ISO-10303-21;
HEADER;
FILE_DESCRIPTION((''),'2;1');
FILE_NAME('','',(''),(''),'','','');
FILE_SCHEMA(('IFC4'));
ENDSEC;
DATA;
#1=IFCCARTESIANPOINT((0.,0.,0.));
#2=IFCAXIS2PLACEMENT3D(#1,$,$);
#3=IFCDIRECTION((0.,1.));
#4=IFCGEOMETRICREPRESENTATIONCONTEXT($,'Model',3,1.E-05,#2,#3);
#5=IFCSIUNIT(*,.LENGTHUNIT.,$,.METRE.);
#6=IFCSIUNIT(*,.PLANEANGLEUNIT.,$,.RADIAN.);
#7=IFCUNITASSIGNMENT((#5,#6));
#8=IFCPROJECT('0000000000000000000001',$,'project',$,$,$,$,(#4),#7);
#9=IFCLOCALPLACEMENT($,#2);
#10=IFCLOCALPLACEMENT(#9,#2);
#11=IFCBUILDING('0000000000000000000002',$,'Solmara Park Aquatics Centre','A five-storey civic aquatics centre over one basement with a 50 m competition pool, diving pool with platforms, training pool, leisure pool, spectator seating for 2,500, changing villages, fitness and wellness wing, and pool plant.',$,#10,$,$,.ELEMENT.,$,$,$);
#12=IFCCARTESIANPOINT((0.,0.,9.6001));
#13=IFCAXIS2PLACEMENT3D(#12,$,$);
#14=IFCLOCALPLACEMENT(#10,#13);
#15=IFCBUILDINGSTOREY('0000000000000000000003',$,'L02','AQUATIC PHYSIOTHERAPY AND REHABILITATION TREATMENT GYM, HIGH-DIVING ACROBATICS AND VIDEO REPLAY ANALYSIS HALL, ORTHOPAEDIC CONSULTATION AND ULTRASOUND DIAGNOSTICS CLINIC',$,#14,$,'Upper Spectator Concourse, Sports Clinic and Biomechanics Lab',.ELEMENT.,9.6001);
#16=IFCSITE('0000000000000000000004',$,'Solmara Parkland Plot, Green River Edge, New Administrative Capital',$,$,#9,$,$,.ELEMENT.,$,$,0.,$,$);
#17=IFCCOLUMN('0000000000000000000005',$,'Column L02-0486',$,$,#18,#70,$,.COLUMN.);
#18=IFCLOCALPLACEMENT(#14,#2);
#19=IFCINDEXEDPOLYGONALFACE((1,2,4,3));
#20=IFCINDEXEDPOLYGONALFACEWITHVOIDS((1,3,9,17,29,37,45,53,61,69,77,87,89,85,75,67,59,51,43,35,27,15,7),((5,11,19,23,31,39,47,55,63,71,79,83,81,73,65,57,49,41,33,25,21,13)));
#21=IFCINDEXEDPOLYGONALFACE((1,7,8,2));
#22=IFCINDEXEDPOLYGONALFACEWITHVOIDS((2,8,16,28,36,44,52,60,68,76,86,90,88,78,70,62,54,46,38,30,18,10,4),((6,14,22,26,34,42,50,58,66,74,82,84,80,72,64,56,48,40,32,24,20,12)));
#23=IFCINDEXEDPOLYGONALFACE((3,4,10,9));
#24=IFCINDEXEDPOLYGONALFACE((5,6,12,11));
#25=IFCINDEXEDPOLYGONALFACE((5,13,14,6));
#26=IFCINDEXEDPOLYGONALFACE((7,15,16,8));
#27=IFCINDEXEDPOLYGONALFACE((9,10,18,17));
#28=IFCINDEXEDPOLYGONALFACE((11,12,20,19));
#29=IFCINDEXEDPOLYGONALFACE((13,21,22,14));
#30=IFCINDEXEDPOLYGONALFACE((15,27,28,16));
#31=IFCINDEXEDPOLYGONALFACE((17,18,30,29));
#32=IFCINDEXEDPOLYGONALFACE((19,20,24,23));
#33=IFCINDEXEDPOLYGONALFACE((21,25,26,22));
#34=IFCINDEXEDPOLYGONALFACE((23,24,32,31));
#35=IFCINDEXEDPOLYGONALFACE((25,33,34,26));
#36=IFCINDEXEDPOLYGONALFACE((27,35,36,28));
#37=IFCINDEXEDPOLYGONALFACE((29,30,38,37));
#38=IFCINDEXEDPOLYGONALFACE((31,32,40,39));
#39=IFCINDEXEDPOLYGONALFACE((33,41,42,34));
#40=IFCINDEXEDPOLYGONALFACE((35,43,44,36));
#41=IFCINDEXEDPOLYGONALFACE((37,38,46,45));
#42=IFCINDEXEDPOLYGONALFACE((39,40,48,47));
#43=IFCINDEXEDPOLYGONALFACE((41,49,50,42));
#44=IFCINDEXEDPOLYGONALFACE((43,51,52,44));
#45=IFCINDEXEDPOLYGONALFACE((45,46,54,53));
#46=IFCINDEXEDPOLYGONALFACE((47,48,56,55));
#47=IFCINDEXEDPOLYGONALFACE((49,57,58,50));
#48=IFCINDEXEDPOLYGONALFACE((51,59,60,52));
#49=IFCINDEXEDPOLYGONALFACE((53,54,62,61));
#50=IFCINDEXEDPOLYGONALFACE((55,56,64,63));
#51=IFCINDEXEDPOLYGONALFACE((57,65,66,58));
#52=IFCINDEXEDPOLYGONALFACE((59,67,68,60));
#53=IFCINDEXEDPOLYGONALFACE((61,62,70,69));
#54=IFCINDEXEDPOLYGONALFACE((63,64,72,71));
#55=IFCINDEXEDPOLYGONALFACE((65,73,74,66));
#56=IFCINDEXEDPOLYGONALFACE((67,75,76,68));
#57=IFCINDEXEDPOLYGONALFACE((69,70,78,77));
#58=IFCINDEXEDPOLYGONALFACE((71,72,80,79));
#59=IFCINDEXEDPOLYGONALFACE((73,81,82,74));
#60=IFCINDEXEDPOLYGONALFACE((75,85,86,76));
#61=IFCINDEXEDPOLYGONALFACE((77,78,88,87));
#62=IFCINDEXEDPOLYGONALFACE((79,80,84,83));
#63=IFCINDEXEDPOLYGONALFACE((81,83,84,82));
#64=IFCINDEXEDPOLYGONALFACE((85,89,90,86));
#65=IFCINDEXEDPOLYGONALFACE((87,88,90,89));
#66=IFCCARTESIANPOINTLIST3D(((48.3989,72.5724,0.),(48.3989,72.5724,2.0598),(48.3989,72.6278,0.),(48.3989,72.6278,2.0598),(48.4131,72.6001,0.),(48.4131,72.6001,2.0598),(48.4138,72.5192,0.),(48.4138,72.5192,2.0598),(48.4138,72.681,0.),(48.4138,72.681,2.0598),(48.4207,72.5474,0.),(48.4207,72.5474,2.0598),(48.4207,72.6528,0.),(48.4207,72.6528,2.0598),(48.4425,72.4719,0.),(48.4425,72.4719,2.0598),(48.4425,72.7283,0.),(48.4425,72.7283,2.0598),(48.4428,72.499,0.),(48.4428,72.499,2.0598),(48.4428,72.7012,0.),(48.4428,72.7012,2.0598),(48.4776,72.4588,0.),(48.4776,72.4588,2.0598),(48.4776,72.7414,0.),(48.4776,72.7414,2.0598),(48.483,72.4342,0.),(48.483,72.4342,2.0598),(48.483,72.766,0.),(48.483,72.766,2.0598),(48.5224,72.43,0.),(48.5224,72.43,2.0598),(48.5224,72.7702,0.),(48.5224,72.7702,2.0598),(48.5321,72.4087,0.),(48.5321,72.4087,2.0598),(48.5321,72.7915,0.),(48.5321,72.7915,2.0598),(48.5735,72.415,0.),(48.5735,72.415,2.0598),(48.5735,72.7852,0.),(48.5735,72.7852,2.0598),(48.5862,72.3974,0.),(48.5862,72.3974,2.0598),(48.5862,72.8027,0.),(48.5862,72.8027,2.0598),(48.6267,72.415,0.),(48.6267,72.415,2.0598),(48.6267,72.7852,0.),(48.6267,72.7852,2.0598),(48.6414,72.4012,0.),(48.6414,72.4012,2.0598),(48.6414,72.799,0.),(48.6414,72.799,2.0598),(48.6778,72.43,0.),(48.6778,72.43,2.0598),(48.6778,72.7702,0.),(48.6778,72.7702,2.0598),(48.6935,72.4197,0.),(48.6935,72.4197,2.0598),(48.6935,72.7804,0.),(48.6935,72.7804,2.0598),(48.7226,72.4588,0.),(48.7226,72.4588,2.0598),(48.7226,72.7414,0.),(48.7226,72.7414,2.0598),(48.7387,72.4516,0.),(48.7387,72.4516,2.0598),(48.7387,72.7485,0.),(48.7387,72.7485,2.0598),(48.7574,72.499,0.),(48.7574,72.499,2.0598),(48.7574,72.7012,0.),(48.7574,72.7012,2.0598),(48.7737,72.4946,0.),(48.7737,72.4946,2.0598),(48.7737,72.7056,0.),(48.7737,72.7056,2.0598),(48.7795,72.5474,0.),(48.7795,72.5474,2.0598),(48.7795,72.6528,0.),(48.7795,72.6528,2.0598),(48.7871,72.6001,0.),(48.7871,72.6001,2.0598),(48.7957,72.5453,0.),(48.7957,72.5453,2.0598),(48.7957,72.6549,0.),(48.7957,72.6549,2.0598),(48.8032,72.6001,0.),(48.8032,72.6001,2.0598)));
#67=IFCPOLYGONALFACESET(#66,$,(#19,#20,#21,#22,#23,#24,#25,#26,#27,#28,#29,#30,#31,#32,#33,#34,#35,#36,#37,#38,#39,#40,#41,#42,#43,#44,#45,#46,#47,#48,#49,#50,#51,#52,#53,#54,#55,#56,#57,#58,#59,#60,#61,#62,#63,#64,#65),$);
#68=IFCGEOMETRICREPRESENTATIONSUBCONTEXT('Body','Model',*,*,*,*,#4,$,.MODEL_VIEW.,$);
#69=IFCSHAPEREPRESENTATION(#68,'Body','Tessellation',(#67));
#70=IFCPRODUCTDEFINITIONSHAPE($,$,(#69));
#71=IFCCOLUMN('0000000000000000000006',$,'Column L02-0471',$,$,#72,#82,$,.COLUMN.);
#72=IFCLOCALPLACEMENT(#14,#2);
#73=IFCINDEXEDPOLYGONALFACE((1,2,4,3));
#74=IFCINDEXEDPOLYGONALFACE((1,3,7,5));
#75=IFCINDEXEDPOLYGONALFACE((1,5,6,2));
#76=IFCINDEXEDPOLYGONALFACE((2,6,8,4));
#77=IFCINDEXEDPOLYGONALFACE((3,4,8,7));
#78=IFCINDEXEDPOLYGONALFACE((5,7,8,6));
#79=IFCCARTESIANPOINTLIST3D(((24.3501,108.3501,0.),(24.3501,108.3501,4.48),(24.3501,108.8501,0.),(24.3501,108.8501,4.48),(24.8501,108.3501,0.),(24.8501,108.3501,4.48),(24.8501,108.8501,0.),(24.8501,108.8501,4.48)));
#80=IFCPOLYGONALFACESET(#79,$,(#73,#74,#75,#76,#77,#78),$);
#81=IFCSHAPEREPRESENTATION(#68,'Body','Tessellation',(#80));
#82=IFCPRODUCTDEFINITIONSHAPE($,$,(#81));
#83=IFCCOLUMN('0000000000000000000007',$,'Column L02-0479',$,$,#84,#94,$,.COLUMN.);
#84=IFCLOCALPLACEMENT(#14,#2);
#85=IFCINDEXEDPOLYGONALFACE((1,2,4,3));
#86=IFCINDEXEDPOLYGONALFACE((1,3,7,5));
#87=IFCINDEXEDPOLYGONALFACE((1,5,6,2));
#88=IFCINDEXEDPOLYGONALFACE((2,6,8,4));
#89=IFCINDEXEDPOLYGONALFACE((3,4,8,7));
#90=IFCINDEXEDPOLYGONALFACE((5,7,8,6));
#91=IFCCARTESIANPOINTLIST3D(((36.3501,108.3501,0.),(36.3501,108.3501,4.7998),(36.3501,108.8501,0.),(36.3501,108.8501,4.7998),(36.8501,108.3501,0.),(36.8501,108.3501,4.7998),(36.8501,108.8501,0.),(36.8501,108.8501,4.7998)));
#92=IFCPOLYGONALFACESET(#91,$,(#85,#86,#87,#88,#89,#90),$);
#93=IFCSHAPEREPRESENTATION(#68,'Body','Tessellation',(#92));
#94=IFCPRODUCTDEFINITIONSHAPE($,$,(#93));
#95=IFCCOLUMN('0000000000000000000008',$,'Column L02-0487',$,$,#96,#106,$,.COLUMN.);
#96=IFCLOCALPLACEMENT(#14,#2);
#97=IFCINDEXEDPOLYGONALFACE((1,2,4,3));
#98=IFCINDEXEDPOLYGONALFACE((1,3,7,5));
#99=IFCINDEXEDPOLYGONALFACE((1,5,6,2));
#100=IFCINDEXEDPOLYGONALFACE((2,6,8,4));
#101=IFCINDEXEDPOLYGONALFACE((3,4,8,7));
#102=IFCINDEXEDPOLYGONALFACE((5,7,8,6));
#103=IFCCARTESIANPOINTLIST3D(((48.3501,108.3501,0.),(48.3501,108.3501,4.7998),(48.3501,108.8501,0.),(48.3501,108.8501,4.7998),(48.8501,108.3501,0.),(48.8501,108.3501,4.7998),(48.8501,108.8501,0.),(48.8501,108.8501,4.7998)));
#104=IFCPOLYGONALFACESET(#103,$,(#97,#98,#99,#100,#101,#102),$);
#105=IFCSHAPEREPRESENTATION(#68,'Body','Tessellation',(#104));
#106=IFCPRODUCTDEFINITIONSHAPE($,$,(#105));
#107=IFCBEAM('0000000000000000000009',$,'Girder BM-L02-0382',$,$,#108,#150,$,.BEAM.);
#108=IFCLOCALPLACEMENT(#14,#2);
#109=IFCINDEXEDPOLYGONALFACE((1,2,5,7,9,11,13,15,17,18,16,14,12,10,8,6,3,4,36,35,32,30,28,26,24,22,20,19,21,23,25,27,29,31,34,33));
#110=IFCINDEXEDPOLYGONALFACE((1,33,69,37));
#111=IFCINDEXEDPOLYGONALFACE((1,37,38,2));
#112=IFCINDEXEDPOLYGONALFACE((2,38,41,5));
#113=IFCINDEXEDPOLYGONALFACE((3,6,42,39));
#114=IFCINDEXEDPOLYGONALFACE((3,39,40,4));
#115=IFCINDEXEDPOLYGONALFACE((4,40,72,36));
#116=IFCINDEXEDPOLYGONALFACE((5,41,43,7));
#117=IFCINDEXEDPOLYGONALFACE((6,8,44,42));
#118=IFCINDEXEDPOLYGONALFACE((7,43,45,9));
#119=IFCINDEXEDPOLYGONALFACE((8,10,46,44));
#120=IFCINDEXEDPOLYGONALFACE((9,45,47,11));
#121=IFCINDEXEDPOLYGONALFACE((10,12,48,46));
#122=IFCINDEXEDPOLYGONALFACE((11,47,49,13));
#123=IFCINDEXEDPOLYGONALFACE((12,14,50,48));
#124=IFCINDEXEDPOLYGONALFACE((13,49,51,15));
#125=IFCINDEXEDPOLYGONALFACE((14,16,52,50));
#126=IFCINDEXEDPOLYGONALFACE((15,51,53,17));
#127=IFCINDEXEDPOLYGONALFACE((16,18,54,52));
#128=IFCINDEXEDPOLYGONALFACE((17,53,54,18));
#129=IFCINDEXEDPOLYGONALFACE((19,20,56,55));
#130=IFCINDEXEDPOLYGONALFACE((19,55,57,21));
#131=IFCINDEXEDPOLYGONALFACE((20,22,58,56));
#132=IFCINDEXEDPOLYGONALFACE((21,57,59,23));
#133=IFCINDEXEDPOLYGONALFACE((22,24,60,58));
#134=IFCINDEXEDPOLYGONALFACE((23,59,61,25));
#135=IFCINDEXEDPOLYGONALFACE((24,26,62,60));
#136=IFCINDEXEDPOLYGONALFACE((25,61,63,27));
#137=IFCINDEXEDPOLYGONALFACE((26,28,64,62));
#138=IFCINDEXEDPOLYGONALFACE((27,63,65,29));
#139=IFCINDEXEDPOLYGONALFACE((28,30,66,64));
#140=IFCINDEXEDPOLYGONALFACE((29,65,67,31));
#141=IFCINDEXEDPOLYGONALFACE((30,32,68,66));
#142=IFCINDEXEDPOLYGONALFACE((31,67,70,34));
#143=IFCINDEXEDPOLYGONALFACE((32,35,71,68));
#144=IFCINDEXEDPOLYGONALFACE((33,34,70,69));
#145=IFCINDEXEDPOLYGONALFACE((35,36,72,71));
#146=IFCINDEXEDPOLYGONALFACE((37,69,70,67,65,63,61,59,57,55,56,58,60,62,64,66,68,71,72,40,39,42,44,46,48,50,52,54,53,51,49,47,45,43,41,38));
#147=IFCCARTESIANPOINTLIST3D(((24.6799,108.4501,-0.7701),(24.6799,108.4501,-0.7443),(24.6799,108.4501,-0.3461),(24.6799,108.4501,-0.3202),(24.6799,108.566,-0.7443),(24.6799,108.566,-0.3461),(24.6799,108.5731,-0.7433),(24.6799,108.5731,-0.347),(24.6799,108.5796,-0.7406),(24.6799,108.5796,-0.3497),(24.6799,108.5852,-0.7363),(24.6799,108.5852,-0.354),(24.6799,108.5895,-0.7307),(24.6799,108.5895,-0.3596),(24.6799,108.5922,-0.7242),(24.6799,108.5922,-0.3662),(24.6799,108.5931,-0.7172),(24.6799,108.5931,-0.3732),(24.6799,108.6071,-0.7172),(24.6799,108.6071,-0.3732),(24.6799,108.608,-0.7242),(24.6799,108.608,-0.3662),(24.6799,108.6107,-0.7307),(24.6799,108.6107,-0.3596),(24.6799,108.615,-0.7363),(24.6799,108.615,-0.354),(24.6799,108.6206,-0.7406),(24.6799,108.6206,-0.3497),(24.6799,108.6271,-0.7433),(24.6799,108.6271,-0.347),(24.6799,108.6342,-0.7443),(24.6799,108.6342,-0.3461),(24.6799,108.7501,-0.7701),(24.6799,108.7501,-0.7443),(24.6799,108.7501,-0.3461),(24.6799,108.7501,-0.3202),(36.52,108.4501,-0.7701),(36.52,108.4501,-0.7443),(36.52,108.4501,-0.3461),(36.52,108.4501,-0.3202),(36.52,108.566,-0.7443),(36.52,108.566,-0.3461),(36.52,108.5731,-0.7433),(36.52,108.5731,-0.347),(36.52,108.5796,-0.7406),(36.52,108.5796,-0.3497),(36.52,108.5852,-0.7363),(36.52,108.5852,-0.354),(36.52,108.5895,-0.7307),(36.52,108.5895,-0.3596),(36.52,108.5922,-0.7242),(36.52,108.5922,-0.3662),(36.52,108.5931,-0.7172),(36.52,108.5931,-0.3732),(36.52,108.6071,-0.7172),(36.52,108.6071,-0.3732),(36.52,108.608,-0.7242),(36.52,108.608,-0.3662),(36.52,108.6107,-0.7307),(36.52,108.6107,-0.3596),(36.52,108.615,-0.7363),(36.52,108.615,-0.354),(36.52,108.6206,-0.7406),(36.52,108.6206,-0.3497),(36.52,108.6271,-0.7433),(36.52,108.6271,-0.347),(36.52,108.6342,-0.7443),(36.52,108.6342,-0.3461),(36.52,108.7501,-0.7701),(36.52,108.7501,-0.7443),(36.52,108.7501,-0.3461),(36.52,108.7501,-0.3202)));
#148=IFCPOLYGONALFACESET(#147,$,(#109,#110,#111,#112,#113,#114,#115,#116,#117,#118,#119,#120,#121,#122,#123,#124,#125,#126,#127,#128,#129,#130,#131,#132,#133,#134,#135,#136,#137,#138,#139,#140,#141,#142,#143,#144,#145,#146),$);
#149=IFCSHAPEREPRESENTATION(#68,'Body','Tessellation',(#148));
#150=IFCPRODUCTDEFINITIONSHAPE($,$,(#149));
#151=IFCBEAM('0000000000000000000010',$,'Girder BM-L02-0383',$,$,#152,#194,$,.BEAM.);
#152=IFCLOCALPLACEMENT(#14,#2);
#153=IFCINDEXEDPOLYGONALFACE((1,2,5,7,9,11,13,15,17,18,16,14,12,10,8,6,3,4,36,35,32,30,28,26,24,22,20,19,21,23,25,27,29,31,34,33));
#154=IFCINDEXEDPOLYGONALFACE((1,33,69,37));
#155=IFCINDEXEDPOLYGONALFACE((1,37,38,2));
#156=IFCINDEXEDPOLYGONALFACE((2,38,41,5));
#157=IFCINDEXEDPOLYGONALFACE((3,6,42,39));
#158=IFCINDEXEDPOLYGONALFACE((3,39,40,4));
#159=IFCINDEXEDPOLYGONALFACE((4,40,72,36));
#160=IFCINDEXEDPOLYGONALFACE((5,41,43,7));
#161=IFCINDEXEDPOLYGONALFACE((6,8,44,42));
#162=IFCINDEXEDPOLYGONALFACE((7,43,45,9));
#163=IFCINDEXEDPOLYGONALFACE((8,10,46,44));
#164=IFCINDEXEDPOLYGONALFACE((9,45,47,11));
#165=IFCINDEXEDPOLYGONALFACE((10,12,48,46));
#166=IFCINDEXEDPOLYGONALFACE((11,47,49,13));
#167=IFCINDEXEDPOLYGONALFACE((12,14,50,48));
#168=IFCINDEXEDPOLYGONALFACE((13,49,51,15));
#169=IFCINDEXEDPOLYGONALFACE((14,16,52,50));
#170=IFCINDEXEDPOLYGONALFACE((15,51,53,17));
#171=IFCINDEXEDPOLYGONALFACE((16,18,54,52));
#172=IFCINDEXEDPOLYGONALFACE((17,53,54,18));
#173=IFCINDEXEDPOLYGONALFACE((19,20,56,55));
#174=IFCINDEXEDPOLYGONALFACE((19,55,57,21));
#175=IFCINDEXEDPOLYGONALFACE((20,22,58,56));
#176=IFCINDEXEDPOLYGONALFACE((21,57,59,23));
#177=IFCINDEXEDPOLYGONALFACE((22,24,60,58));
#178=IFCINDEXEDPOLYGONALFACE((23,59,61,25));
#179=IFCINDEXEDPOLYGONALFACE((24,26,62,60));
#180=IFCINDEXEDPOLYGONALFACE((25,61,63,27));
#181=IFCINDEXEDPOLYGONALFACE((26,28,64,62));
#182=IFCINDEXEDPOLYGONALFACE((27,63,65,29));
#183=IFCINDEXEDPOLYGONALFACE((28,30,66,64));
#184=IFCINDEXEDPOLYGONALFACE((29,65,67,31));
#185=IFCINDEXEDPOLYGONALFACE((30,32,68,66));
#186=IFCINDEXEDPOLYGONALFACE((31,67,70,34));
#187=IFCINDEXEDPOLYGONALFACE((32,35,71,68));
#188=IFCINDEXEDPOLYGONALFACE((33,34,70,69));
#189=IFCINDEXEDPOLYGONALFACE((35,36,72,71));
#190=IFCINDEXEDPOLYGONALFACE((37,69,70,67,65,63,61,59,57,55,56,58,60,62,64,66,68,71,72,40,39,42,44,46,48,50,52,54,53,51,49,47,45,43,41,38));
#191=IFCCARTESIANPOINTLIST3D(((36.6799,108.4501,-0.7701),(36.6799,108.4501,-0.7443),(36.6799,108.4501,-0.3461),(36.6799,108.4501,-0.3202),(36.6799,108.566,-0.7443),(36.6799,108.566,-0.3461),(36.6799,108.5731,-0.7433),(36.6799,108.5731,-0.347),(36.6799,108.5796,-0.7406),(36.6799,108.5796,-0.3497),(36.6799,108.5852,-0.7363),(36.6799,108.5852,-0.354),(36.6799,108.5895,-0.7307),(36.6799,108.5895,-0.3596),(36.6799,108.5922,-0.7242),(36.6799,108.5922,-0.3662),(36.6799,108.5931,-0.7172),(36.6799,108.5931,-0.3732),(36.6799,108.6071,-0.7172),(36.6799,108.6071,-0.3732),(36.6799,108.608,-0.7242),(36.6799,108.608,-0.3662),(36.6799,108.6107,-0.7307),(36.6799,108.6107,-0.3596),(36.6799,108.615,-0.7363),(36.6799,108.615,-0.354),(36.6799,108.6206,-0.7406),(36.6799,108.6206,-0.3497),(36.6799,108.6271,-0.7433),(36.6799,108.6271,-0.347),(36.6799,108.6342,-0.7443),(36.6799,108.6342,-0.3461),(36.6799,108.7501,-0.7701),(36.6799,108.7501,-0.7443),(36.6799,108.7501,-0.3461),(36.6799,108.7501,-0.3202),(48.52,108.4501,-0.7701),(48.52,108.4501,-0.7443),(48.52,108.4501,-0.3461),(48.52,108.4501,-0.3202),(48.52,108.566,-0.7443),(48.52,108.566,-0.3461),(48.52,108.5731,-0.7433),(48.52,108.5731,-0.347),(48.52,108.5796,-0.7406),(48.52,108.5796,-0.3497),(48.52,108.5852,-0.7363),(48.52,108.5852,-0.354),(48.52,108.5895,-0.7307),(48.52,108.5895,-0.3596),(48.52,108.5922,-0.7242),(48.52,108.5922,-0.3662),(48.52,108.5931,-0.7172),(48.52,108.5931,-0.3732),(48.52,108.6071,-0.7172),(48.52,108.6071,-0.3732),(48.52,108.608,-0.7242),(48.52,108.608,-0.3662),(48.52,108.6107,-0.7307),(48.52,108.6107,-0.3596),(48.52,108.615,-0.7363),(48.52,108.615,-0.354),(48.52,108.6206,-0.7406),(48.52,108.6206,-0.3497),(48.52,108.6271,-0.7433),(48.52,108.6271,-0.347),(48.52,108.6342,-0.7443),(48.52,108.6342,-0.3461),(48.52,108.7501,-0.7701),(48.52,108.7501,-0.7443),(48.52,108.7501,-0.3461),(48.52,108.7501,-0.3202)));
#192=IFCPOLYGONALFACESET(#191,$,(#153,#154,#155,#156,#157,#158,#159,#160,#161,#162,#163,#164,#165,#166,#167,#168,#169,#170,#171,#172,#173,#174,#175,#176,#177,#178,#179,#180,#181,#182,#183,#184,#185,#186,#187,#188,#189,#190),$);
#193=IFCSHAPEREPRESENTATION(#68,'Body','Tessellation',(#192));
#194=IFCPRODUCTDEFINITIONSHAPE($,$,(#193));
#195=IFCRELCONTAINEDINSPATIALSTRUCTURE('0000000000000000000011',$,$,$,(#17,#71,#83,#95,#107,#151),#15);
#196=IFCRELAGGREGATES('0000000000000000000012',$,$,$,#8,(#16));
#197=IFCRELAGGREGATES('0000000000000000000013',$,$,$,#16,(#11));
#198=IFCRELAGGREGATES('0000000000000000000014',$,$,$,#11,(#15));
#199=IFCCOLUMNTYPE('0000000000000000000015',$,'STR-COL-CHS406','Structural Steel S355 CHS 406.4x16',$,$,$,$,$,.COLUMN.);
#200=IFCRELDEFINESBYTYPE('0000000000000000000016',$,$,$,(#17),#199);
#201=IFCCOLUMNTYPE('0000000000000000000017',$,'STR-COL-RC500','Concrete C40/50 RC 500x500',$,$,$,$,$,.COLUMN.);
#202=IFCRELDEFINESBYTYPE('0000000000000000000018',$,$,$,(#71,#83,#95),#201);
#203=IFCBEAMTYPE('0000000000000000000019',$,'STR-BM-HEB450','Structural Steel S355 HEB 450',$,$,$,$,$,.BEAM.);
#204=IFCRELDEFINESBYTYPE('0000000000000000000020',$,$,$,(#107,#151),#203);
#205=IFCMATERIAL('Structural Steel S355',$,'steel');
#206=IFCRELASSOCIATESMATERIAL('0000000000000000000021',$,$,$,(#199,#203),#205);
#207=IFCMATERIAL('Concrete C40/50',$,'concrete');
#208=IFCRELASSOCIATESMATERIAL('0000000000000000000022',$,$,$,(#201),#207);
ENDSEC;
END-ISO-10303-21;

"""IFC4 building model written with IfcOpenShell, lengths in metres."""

from ifc_helpers import new_model, si_unit, direction, frame, origin, origin_2d, place, context, subcontext, project, spatial, rectangle, hollow_circle, i_section, extrude, material, material_profile, profile_set, type_object, element, save


model = new_model("IFC4")

# Units and contexts
model_context = context("Model", 3, precision=1e-05, world=origin(), true_north=direction((0.0, 1.0)))
body_context = subcontext(model_context, "Body", "Model", "MODEL_VIEW")
ifc_project = project(units=[si_unit("LENGTHUNIT", "METRE"), si_unit("PLANEANGLEUNIT", "RADIAN")], contexts=[model_context])

# Site, building, storey
site_placement = place(None, origin())
site = spatial("IfcSite", under=ifc_project, at=site_placement, Name="Solmara Parkland Plot, Green River Edge, New Administrative Capital", CompositionType="ELEMENT", RefElevation=0.0)
building_placement = place(site_placement, origin())
building = spatial("IfcBuilding", under=site, at=building_placement, Name="Solmara Park Aquatics Centre", Description="A five-storey civic aquatics centre over one basement with a 50 m competition pool, diving pool with platforms, training pool, leisure pool, spectator seating for 2,500, changing villages, fitness and wellness wing, and pool plant.", CompositionType="ELEMENT")
storey_placement = place(building_placement, frame((0.0, 0.0, 9.6001)))
storey = spatial("IfcBuildingStorey", under=building, at=storey_placement, Name="L02", Description="AQUATIC PHYSIOTHERAPY AND REHABILITATION TREATMENT GYM, HIGH-DIVING ACROBATICS AND VIDEO REPLAY ANALYSIS HALL, ORTHOPAEDIC CONSULTATION AND ULTRASOUND DIAGNOSTICS CLINIC", LongName="Upper Spectator Concourse, Sports Clinic and Biomechanics Lab", CompositionType="ELEMENT", Elevation=9.6001)

# Columns
ifc_material_1 = material(Name="Structural Steel S355", Category="steel")
ifc_material_profile_1 = material_profile(ifc_material_1, hollow_circle(Radius=0.2031, WallThickness=0.0161, at=origin_2d()), Name="CHS 406.4x16")
ifc_profile_set_1 = profile_set([ifc_material_profile_1], Name="Structural Steel S355")
column_type_1 = type_object("IfcColumnType", Name="STR-COL-CHS406", Description="Structural Steel S355 CHS 406.4x16", PredefinedType="COLUMN", material=ifc_profile_set_1)
column_1_placement = place(storey_placement, frame((48.6001, 72.6001, 0.0), z_axis=(0.0, 0.0, 1.0), x_axis=(1.0, 0.0, 0.0)))
element("IfcColumn", 1, at=column_1_placement, inside=storey, type_object=column_type_1, Name="Column L02-0486", PredefinedType="COLUMN", context=body_context, shape_type="SweptSolid", body=[
    extrude(hollow_circle(Radius=0.2031, WallThickness=0.0161, at=origin_2d()), origin(), (0.0, 0.0, 1.0), 2.0598),
])
ifc_material_2 = material(Name="Concrete C40/50", Category="concrete")
ifc_material_profile_2 = material_profile(ifc_material_2, rectangle(XDim=0.5, YDim=0.5, at=origin_2d()), Name="RC 500x500")
ifc_profile_set_2 = profile_set([ifc_material_profile_2], Name="Concrete C40/50")
column_type_2 = type_object("IfcColumnType", Name="STR-COL-RC500", Description="Concrete C40/50 RC 500x500", PredefinedType="COLUMN", material=ifc_profile_set_2)
column_2_placement = place(storey_placement, frame((24.6001, 108.6001, 0.0), z_axis=(0.0, 0.0, 1.0), x_axis=(1.0, 0.0, 0.0)))
element("IfcColumn", 2, at=column_2_placement, inside=storey, type_object=column_type_2, Name="Column L02-0471", PredefinedType="COLUMN", context=body_context, shape_type="SweptSolid", body=[
    extrude(rectangle(XDim=0.5, YDim=0.5, at=origin_2d()), origin(), (0.0, 0.0, 1.0), 4.48),
])
for number, where, z_axis, x_axis, name in (
    (3, (36.6001, 108.6001, 0.0), (0.0, 0.0, 1.0), (1.0, 0.0, 0.0), "Column L02-0479"),
    (4, (48.6001, 108.6001, 0.0), (0.0, 0.0, 1.0), (1.0, 0.0, 0.0), "Column L02-0487"),
):
    element("IfcColumn", number, at=place(storey_placement, frame(where, z_axis=z_axis, x_axis=x_axis)), inside=storey, type_object=column_type_2, Name=name, PredefinedType="COLUMN", context=body_context, shape_type="SweptSolid", body=[
        extrude(rectangle(XDim=0.5, YDim=0.5, at=origin_2d()), origin(), (0.0, 0.0, 1.0), 4.7998),
    ])

# Beams
ifc_material_profile_3 = material_profile(ifc_material_1, i_section(OverallWidth=0.3, OverallDepth=0.45, WebThickness=0.0139, FlangeThickness=0.0259, FilletRadius=0.0271, at=origin_2d()), Name="HEB 450")
ifc_profile_set_3 = profile_set([ifc_material_profile_3], Name="Structural Steel S355")
beam_type_1 = type_object("IfcBeamType", Name="STR-BM-HEB450", Description="Structural Steel S355 HEB 450", PredefinedType="BEAM", material=ifc_profile_set_3)
for number, where, z_axis, x_axis, name in (
    (5, (24.6799, 108.6001, -0.5452), (1.0, 0.0, 0.0), (0.0, 1.0, 0.0), "Girder BM-L02-0382"),
    (6, (36.6799, 108.6001, -0.5452), (1.0, 0.0, 0.0), (0.0, 1.0, 0.0), "Girder BM-L02-0383"),
):
    element("IfcBeam", number, at=place(storey_placement, frame(where, z_axis=z_axis, x_axis=x_axis)), inside=storey, type_object=beam_type_1, Name=name, PredefinedType="BEAM", context=body_context, shape_type="SweptSolid", body=[
        extrude(i_section(OverallWidth=0.3, OverallDepth=0.45, WebThickness=0.0139, FlangeThickness=0.0259, FilletRadius=0.0271, at=origin_2d()), origin(), (0.0, 0.0, 1.0), 11.8401),
    ])

save(model, "model.ifc")
